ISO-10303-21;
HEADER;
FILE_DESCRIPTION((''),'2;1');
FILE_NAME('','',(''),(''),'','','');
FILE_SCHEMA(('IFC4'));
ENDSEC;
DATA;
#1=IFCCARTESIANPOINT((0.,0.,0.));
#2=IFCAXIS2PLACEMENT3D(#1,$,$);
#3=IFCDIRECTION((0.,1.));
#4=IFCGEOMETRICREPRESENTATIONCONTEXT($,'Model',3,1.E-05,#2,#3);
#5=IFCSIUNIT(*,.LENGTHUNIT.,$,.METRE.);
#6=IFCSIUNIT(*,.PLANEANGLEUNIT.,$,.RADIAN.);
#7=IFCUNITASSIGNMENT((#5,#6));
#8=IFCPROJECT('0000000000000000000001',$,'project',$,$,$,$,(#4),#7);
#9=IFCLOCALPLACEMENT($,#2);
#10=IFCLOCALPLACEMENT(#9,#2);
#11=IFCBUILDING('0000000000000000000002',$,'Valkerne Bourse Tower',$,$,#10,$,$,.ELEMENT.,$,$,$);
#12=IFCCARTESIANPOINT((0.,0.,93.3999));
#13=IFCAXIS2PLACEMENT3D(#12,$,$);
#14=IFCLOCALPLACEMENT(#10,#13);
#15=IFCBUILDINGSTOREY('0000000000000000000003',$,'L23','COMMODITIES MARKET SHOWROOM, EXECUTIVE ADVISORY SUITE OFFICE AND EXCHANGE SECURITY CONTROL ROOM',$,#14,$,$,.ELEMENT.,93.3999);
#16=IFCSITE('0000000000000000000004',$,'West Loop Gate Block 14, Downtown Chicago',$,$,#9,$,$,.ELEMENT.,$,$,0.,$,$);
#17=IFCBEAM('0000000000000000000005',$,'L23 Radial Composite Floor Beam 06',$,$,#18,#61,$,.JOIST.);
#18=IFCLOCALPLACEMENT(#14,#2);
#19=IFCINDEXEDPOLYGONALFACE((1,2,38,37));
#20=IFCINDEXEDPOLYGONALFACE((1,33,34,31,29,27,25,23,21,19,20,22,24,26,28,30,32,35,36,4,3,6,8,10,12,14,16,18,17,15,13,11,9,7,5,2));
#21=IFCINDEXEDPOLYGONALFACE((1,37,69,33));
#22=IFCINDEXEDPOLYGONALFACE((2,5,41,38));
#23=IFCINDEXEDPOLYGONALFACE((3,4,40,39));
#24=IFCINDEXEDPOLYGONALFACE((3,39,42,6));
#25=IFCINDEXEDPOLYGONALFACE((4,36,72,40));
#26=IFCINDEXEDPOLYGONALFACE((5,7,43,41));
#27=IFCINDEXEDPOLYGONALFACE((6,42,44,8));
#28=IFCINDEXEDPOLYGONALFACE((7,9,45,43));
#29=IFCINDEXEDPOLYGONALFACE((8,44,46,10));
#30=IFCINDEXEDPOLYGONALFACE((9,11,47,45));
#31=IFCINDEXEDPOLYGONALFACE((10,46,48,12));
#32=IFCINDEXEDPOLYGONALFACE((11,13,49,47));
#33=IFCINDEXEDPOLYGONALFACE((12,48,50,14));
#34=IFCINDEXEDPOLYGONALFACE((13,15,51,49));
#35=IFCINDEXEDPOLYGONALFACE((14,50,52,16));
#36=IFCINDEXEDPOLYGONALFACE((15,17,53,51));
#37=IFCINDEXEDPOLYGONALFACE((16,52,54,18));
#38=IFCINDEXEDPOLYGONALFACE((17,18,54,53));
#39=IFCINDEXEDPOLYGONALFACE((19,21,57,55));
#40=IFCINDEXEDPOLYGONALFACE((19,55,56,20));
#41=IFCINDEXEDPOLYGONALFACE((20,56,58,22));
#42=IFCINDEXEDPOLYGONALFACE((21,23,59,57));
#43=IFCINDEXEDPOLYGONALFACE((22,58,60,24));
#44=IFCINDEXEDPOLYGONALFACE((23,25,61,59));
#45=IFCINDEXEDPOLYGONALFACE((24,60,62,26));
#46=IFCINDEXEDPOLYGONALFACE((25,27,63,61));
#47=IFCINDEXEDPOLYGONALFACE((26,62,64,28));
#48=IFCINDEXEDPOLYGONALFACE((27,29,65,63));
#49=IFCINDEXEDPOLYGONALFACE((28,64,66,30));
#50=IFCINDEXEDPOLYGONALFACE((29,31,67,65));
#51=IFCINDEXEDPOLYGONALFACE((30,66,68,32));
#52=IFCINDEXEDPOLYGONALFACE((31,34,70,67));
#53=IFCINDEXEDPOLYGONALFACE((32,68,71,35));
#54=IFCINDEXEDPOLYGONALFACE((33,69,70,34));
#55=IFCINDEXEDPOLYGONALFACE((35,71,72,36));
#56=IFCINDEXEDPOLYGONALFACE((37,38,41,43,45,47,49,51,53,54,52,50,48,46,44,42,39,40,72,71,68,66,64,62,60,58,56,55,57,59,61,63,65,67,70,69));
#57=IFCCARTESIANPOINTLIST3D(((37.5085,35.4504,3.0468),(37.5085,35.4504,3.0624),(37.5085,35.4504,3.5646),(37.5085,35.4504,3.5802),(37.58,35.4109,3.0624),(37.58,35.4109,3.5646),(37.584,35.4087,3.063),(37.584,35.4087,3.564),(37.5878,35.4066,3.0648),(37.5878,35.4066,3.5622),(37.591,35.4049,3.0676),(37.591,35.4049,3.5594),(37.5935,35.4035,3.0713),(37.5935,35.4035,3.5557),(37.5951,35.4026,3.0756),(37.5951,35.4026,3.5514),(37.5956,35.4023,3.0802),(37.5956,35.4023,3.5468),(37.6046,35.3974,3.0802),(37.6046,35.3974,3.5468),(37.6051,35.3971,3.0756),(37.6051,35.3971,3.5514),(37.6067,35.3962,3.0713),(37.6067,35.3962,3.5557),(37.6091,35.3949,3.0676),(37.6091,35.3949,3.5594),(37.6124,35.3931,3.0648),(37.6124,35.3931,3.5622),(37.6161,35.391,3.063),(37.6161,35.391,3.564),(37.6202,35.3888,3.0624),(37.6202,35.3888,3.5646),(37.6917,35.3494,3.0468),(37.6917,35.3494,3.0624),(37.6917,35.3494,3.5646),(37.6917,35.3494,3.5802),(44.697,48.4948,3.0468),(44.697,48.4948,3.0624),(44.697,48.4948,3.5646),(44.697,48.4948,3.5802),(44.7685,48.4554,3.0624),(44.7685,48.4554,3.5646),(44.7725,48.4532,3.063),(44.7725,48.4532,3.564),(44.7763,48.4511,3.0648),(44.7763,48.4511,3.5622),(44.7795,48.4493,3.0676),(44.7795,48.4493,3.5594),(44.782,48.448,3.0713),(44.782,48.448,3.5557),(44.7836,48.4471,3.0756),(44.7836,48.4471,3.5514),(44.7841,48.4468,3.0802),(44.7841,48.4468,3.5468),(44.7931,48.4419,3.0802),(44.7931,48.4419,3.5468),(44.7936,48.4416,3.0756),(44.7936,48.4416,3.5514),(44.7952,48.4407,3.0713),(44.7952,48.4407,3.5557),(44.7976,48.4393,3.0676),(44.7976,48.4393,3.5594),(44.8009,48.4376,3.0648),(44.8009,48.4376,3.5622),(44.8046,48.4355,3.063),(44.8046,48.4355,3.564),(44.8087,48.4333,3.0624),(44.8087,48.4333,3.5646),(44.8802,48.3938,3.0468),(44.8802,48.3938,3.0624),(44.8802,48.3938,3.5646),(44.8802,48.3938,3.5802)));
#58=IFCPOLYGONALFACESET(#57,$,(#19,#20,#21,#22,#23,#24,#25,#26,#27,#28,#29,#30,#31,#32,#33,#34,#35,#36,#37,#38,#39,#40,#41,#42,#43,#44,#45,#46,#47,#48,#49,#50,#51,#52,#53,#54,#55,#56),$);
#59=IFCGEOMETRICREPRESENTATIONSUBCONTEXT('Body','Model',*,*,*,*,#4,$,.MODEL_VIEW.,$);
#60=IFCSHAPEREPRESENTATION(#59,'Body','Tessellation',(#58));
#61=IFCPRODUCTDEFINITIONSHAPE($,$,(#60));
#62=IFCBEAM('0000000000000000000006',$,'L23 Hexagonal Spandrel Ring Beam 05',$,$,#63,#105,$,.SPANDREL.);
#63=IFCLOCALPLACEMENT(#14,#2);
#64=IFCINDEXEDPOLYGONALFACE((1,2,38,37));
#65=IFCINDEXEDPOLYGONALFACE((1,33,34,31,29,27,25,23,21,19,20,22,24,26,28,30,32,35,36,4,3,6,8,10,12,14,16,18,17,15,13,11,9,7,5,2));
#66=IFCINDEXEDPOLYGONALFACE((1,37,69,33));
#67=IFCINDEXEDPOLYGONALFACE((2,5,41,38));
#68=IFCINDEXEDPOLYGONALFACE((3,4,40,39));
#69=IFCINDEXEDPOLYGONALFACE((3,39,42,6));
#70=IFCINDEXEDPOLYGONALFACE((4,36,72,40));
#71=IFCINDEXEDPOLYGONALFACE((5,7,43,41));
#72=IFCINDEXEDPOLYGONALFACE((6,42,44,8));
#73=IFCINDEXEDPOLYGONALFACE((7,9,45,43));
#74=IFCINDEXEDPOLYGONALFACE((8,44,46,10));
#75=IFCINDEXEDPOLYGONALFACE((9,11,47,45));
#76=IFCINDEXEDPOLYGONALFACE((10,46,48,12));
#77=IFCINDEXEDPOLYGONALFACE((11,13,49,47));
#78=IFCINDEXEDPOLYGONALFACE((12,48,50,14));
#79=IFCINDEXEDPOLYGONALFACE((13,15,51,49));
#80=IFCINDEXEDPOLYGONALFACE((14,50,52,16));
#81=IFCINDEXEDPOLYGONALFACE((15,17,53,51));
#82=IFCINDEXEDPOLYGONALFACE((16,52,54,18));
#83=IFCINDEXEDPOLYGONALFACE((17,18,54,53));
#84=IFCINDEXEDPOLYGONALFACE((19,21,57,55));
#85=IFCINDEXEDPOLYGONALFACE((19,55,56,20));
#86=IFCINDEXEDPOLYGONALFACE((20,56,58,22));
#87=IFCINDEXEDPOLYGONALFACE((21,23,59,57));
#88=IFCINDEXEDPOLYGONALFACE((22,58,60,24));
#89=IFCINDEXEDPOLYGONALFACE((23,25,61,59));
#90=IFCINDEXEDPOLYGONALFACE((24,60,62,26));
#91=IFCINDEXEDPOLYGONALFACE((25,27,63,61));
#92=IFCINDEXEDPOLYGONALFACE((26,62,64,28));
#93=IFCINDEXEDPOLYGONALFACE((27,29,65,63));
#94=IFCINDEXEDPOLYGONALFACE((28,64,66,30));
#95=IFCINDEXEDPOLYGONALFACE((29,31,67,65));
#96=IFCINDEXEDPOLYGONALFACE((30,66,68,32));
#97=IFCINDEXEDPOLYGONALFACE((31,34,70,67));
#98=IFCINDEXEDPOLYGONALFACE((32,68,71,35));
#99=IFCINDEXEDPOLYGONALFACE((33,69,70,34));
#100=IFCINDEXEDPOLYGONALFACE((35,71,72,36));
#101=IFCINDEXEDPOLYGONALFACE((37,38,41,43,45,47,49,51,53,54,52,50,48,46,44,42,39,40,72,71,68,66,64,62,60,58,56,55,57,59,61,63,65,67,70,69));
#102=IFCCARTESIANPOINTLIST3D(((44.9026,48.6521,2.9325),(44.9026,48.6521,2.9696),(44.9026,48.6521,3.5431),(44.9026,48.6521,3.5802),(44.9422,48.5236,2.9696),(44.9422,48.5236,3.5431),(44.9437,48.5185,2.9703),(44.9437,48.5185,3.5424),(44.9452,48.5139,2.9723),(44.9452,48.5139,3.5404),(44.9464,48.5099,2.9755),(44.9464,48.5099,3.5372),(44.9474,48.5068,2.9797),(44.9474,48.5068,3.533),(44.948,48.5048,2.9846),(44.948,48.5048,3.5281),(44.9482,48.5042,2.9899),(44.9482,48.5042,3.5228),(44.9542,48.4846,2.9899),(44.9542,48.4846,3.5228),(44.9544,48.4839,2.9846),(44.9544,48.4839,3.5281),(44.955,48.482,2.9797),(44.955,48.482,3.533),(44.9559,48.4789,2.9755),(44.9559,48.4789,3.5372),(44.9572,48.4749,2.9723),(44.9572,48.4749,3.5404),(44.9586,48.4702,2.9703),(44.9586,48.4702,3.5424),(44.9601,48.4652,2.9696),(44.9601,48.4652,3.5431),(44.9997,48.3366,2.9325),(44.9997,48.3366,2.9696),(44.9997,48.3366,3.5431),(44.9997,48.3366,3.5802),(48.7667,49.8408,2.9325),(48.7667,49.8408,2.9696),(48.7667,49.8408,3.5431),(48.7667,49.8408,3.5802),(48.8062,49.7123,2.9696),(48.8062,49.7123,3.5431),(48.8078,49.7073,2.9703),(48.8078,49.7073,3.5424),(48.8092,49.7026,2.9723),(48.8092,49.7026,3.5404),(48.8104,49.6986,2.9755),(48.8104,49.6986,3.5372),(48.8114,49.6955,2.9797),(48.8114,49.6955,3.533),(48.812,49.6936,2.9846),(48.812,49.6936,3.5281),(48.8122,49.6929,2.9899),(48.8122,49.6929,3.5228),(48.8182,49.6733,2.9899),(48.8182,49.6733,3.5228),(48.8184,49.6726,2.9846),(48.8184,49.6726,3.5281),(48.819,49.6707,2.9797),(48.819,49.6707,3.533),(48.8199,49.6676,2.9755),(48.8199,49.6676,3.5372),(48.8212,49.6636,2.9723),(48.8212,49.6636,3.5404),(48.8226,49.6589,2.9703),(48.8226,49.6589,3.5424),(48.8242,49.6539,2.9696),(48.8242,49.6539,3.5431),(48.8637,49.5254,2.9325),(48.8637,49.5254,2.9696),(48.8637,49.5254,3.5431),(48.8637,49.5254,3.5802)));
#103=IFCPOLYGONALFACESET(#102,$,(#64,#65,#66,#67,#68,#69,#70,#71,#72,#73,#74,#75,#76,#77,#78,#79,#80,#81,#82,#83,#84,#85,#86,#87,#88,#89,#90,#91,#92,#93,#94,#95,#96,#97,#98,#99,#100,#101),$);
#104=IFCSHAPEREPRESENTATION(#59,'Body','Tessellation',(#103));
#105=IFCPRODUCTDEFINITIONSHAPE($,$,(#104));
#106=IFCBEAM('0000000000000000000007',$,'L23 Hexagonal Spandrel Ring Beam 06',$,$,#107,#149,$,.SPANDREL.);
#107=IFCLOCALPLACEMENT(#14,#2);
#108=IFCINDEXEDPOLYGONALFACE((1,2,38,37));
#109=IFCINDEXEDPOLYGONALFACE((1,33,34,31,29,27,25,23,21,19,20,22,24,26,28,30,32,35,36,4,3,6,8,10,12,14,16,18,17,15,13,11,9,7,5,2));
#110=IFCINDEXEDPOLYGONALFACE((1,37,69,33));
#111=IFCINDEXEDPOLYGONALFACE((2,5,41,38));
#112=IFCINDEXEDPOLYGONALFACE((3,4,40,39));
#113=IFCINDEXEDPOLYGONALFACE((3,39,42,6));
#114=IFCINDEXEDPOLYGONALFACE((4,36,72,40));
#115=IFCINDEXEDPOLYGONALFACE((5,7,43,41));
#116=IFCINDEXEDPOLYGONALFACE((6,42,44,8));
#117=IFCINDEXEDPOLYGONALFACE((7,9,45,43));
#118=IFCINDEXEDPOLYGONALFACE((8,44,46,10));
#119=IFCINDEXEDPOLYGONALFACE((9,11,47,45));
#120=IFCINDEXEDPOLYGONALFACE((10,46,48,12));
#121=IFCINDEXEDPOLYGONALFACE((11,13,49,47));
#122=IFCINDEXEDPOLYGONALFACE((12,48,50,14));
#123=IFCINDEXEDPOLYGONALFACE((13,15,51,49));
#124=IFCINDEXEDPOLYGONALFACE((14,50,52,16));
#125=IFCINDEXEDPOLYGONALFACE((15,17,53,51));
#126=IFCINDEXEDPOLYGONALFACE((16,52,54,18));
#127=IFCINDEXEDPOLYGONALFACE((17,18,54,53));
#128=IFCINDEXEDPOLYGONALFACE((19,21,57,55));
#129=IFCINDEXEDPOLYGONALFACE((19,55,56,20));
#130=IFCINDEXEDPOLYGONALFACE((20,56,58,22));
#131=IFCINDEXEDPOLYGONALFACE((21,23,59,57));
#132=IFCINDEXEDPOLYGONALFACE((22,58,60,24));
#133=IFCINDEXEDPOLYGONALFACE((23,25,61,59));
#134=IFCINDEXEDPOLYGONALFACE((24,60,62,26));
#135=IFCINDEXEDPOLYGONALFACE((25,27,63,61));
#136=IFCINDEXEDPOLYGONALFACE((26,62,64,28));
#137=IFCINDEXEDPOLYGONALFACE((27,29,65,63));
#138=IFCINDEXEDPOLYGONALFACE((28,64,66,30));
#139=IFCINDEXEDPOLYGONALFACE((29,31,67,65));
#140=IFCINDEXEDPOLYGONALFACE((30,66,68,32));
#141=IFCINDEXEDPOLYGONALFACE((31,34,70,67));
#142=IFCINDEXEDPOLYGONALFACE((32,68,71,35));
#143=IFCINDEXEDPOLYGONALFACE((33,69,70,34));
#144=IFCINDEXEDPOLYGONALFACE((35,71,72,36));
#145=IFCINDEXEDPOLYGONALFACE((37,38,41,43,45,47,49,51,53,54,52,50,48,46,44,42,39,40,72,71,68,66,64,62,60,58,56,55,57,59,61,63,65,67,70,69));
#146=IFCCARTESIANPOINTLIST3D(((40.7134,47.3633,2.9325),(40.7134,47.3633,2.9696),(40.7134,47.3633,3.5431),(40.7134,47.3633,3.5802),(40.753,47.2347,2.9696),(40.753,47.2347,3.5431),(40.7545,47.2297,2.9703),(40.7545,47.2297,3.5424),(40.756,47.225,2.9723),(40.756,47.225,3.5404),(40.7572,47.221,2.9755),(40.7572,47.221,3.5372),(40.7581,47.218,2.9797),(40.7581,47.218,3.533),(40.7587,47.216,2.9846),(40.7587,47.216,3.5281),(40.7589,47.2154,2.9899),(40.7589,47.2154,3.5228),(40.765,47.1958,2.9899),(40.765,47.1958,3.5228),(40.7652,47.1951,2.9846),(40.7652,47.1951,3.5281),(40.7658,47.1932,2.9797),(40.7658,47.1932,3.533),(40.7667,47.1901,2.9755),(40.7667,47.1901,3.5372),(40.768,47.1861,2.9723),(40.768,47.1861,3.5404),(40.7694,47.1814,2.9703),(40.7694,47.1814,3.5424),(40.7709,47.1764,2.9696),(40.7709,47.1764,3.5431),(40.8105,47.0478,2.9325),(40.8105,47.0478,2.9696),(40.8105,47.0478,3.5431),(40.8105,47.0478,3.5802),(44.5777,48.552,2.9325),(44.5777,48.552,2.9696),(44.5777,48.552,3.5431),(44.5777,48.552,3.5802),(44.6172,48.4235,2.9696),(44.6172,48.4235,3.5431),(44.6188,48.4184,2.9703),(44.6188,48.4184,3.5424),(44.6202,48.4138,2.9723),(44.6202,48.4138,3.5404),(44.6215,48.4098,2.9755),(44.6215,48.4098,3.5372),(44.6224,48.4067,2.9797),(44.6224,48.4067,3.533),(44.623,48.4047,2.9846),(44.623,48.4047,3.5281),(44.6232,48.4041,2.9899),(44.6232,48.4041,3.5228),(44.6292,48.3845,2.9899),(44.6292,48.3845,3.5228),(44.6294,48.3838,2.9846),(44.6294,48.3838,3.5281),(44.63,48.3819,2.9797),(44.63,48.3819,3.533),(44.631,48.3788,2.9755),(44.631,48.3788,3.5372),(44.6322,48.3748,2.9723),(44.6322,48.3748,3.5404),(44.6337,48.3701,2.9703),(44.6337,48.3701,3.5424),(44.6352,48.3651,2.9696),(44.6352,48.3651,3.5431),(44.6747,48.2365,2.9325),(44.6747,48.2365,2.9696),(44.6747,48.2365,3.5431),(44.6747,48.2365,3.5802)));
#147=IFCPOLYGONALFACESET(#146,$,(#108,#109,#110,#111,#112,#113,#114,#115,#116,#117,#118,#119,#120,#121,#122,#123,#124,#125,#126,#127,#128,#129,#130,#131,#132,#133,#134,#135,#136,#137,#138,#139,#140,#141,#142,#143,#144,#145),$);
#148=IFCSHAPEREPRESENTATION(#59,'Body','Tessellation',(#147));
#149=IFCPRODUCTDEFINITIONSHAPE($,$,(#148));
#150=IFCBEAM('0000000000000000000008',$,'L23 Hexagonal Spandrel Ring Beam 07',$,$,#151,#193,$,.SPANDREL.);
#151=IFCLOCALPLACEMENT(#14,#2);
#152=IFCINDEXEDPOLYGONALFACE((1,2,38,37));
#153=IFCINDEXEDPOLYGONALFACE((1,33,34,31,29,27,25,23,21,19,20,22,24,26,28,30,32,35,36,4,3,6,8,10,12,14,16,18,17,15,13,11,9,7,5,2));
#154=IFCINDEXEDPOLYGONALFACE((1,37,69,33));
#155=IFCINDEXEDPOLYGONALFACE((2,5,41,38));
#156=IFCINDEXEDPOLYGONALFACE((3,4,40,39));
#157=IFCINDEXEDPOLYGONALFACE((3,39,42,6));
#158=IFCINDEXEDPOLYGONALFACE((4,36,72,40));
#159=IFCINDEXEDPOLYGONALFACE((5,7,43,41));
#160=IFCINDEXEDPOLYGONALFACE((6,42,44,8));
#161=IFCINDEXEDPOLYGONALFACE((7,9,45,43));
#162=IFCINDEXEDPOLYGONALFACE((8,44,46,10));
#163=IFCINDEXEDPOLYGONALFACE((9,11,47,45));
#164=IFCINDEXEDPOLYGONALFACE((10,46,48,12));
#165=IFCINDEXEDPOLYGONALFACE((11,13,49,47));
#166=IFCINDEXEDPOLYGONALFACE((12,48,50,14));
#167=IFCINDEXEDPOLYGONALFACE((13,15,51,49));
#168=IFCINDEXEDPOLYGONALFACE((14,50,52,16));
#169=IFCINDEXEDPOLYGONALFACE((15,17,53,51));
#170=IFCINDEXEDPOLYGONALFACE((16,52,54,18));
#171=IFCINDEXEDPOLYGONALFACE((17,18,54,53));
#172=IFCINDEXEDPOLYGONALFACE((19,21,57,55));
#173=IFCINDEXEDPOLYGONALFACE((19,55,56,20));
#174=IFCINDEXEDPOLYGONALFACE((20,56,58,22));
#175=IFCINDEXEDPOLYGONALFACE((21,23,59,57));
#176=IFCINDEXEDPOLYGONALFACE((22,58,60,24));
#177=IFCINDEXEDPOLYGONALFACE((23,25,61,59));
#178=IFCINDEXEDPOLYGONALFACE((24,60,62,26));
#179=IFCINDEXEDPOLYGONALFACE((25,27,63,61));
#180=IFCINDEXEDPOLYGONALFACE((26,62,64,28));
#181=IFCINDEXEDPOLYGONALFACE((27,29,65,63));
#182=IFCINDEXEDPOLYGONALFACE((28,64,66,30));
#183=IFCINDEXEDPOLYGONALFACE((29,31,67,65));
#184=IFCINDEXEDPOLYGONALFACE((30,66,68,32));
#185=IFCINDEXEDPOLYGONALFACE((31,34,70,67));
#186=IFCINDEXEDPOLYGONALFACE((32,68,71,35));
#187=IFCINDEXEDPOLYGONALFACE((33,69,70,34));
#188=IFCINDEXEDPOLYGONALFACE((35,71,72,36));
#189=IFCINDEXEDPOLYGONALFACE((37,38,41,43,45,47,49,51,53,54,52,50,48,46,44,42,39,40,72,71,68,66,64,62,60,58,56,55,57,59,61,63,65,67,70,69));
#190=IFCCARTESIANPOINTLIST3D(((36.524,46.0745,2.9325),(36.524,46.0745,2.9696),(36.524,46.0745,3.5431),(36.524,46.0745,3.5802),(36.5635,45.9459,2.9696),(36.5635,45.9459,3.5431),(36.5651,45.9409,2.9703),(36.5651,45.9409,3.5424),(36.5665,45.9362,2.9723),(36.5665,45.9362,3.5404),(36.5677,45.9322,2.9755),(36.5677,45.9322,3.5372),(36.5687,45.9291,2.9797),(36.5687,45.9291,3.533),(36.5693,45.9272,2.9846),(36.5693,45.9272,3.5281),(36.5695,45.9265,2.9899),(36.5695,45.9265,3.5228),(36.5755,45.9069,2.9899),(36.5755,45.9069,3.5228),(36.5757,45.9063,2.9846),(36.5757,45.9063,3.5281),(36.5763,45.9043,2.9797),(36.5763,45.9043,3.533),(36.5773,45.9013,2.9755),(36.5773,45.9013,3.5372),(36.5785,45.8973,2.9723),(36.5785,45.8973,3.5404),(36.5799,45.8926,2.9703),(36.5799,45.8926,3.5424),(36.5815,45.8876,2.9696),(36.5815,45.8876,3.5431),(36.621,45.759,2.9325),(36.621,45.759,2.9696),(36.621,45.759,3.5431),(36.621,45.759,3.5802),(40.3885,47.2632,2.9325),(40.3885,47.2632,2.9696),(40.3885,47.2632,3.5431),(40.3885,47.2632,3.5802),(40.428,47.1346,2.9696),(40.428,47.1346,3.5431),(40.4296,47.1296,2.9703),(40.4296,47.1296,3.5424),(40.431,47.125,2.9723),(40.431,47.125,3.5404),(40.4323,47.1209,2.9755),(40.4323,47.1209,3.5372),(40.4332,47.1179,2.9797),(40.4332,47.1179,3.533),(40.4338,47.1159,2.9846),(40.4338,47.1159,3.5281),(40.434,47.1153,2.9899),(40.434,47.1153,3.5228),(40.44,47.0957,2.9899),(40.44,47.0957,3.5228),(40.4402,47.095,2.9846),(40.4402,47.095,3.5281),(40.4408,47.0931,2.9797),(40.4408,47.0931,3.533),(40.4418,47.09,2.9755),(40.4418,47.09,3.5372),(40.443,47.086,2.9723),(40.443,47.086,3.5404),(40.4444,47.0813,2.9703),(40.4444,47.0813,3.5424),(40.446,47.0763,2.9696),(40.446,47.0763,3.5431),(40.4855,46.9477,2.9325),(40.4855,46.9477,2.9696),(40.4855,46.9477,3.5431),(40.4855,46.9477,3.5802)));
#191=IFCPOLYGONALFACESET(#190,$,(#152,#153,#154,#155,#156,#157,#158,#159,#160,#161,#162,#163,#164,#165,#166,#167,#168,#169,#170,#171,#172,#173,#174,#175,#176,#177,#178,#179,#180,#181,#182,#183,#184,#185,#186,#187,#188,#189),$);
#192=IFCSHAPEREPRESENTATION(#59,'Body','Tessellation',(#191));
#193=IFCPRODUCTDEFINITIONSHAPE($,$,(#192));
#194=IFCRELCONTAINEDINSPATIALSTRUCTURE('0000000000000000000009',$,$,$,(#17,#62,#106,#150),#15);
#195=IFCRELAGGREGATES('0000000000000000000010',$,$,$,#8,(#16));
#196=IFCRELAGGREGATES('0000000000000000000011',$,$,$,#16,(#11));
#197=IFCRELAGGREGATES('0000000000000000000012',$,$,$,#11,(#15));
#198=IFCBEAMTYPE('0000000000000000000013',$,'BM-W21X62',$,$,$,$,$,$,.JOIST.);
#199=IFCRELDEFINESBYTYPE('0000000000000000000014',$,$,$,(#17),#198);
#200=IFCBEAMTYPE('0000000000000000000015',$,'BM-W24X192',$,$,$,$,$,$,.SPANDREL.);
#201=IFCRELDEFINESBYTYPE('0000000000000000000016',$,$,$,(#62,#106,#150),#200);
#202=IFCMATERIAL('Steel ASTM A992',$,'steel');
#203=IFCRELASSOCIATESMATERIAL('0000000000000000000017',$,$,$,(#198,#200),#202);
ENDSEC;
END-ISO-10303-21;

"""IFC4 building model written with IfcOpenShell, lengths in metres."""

from ifc_helpers import new_model, si_unit, direction, frame, origin, origin_2d, place, context, subcontext, project, spatial, i_section, extrude, material, material_profile, profile_set, type_object, element, save


model = new_model("IFC4")

# Units and contexts
model_context = context("Model", 3, precision=1e-05, world=origin(), true_north=direction((0.0, 1.0)))
body_context = subcontext(model_context, "Body", "Model", "MODEL_VIEW")
ifc_project = project(units=[si_unit("LENGTHUNIT", "METRE"), si_unit("PLANEANGLEUNIT", "RADIAN")], contexts=[model_context])

# Site, building, storey
site_placement = place(None, origin())
site = spatial("IfcSite", under=ifc_project, at=site_placement, Name="West Loop Gate Block 14, Downtown Chicago", CompositionType="ELEMENT", RefElevation=0.0)
building_placement = place(site_placement, origin())
building = spatial("IfcBuilding", under=site, at=building_placement, Name="Valkerne Bourse Tower", CompositionType="ELEMENT")
storey_placement = place(building_placement, frame((0.0, 0.0, 93.3999)))
storey = spatial("IfcBuildingStorey", under=building, at=storey_placement, Name="L23", Description="COMMODITIES MARKET SHOWROOM, EXECUTIVE ADVISORY SUITE OFFICE AND EXCHANGE SECURITY CONTROL ROOM", CompositionType="ELEMENT", Elevation=93.3999)

# Beams
ifc_material_1 = material(Name="Steel ASTM A992", Category="steel")
ifc_material_profile_1 = material_profile(ifc_material_1, i_section(OverallWidth=0.2092, OverallDepth=0.5334, WebThickness=0.0103, FlangeThickness=0.0156, FilletRadius=0.0178, at=origin_2d()), Name="W21X62")
ifc_profile_set_1 = profile_set([ifc_material_profile_1], Name="Steel ASTM A992")
beam_type_1 = type_object("IfcBeamType", Name="BM-W21X62", PredefinedType="JOIST", material=ifc_profile_set_1)
beam_1_placement = place(storey_placement, frame((44.7886, 48.4443, 3.3135), z_axis=(-0.482642, -0.875818, 0.0), x_axis=(0.875818, -0.482642, 0.0)))
element("IfcBeam", 1, at=beam_1_placement, inside=storey, type_object=beam_type_1, Name="L23 Radial Composite Floor Beam 06", PredefinedType="JOIST", context=body_context, shape_type="SweptSolid", body=[
    extrude(i_section(OverallWidth=0.2092, OverallDepth=0.5334, WebThickness=0.0103, FlangeThickness=0.0156, FilletRadius=0.0178, at=origin_2d()), origin(), (0.0, 0.0, 1.0), 14.894),
])
ifc_material_profile_2 = material_profile(ifc_material_1, i_section(OverallWidth=0.3301, OverallDepth=0.6477, WebThickness=0.0205, FlangeThickness=0.0371, FilletRadius=0.0203, at=origin_2d()), Name="W24X192")
ifc_profile_set_2 = profile_set([ifc_material_profile_2], Name="Steel ASTM A992")
beam_type_2 = type_object("IfcBeamType", Name="BM-W24X192", PredefinedType="SPANDREL", material=ifc_profile_set_2)
beam_2_placement = place(storey_placement, frame((48.8152, 49.6831, 3.2563), z_axis=(-0.955793, -0.294039, 0.0), x_axis=(0.294039, -0.955793, 0.0)))
element("IfcBeam", 2, at=beam_2_placement, inside=storey, type_object=beam_type_2, Name="L23 Hexagonal Spandrel Ring Beam 05", PredefinedType="SPANDREL", context=body_context, shape_type="SweptSolid", body=[
    extrude(i_section(OverallWidth=0.3301, OverallDepth=0.6477, WebThickness=0.0205, FlangeThickness=0.0371, FilletRadius=0.0203, at=origin_2d()), origin(), (0.0, 0.0, 1.0), 4.0427),
])
beam_3_placement = place(storey_placement, frame((44.6262, 48.3943, 3.2563), z_axis=(-0.955799, -0.294022, 0.0), x_axis=(0.294022, -0.955799, 0.0)))
element("IfcBeam", 3, at=beam_3_placement, inside=storey, type_object=beam_type_2, Name="L23 Hexagonal Spandrel Ring Beam 06", PredefinedType="SPANDREL", context=body_context, shape_type="SweptSolid", body=[
    extrude(i_section(OverallWidth=0.3301, OverallDepth=0.6477, WebThickness=0.0205, FlangeThickness=0.0371, FilletRadius=0.0203, at=origin_2d()), origin(), (0.0, 0.0, 1.0), 4.043),
])
beam_4_placement = place(storey_placement, frame((40.437, 47.1055, 3.2563), z_axis=(-0.955804, -0.294005, 0.0), x_axis=(0.294005, -0.955804, 0.0)))
element("IfcBeam", 4, at=beam_4_placement, inside=storey, type_object=beam_type_2, Name="L23 Hexagonal Spandrel Ring Beam 07", PredefinedType="SPANDREL", context=body_context, shape_type="SweptSolid", body=[
    extrude(i_section(OverallWidth=0.3301, OverallDepth=0.6477, WebThickness=0.0205, FlangeThickness=0.0371, FilletRadius=0.0203, at=origin_2d()), origin(), (0.0, 0.0, 1.0), 4.0432),
])

save(model, "model.ifc")
